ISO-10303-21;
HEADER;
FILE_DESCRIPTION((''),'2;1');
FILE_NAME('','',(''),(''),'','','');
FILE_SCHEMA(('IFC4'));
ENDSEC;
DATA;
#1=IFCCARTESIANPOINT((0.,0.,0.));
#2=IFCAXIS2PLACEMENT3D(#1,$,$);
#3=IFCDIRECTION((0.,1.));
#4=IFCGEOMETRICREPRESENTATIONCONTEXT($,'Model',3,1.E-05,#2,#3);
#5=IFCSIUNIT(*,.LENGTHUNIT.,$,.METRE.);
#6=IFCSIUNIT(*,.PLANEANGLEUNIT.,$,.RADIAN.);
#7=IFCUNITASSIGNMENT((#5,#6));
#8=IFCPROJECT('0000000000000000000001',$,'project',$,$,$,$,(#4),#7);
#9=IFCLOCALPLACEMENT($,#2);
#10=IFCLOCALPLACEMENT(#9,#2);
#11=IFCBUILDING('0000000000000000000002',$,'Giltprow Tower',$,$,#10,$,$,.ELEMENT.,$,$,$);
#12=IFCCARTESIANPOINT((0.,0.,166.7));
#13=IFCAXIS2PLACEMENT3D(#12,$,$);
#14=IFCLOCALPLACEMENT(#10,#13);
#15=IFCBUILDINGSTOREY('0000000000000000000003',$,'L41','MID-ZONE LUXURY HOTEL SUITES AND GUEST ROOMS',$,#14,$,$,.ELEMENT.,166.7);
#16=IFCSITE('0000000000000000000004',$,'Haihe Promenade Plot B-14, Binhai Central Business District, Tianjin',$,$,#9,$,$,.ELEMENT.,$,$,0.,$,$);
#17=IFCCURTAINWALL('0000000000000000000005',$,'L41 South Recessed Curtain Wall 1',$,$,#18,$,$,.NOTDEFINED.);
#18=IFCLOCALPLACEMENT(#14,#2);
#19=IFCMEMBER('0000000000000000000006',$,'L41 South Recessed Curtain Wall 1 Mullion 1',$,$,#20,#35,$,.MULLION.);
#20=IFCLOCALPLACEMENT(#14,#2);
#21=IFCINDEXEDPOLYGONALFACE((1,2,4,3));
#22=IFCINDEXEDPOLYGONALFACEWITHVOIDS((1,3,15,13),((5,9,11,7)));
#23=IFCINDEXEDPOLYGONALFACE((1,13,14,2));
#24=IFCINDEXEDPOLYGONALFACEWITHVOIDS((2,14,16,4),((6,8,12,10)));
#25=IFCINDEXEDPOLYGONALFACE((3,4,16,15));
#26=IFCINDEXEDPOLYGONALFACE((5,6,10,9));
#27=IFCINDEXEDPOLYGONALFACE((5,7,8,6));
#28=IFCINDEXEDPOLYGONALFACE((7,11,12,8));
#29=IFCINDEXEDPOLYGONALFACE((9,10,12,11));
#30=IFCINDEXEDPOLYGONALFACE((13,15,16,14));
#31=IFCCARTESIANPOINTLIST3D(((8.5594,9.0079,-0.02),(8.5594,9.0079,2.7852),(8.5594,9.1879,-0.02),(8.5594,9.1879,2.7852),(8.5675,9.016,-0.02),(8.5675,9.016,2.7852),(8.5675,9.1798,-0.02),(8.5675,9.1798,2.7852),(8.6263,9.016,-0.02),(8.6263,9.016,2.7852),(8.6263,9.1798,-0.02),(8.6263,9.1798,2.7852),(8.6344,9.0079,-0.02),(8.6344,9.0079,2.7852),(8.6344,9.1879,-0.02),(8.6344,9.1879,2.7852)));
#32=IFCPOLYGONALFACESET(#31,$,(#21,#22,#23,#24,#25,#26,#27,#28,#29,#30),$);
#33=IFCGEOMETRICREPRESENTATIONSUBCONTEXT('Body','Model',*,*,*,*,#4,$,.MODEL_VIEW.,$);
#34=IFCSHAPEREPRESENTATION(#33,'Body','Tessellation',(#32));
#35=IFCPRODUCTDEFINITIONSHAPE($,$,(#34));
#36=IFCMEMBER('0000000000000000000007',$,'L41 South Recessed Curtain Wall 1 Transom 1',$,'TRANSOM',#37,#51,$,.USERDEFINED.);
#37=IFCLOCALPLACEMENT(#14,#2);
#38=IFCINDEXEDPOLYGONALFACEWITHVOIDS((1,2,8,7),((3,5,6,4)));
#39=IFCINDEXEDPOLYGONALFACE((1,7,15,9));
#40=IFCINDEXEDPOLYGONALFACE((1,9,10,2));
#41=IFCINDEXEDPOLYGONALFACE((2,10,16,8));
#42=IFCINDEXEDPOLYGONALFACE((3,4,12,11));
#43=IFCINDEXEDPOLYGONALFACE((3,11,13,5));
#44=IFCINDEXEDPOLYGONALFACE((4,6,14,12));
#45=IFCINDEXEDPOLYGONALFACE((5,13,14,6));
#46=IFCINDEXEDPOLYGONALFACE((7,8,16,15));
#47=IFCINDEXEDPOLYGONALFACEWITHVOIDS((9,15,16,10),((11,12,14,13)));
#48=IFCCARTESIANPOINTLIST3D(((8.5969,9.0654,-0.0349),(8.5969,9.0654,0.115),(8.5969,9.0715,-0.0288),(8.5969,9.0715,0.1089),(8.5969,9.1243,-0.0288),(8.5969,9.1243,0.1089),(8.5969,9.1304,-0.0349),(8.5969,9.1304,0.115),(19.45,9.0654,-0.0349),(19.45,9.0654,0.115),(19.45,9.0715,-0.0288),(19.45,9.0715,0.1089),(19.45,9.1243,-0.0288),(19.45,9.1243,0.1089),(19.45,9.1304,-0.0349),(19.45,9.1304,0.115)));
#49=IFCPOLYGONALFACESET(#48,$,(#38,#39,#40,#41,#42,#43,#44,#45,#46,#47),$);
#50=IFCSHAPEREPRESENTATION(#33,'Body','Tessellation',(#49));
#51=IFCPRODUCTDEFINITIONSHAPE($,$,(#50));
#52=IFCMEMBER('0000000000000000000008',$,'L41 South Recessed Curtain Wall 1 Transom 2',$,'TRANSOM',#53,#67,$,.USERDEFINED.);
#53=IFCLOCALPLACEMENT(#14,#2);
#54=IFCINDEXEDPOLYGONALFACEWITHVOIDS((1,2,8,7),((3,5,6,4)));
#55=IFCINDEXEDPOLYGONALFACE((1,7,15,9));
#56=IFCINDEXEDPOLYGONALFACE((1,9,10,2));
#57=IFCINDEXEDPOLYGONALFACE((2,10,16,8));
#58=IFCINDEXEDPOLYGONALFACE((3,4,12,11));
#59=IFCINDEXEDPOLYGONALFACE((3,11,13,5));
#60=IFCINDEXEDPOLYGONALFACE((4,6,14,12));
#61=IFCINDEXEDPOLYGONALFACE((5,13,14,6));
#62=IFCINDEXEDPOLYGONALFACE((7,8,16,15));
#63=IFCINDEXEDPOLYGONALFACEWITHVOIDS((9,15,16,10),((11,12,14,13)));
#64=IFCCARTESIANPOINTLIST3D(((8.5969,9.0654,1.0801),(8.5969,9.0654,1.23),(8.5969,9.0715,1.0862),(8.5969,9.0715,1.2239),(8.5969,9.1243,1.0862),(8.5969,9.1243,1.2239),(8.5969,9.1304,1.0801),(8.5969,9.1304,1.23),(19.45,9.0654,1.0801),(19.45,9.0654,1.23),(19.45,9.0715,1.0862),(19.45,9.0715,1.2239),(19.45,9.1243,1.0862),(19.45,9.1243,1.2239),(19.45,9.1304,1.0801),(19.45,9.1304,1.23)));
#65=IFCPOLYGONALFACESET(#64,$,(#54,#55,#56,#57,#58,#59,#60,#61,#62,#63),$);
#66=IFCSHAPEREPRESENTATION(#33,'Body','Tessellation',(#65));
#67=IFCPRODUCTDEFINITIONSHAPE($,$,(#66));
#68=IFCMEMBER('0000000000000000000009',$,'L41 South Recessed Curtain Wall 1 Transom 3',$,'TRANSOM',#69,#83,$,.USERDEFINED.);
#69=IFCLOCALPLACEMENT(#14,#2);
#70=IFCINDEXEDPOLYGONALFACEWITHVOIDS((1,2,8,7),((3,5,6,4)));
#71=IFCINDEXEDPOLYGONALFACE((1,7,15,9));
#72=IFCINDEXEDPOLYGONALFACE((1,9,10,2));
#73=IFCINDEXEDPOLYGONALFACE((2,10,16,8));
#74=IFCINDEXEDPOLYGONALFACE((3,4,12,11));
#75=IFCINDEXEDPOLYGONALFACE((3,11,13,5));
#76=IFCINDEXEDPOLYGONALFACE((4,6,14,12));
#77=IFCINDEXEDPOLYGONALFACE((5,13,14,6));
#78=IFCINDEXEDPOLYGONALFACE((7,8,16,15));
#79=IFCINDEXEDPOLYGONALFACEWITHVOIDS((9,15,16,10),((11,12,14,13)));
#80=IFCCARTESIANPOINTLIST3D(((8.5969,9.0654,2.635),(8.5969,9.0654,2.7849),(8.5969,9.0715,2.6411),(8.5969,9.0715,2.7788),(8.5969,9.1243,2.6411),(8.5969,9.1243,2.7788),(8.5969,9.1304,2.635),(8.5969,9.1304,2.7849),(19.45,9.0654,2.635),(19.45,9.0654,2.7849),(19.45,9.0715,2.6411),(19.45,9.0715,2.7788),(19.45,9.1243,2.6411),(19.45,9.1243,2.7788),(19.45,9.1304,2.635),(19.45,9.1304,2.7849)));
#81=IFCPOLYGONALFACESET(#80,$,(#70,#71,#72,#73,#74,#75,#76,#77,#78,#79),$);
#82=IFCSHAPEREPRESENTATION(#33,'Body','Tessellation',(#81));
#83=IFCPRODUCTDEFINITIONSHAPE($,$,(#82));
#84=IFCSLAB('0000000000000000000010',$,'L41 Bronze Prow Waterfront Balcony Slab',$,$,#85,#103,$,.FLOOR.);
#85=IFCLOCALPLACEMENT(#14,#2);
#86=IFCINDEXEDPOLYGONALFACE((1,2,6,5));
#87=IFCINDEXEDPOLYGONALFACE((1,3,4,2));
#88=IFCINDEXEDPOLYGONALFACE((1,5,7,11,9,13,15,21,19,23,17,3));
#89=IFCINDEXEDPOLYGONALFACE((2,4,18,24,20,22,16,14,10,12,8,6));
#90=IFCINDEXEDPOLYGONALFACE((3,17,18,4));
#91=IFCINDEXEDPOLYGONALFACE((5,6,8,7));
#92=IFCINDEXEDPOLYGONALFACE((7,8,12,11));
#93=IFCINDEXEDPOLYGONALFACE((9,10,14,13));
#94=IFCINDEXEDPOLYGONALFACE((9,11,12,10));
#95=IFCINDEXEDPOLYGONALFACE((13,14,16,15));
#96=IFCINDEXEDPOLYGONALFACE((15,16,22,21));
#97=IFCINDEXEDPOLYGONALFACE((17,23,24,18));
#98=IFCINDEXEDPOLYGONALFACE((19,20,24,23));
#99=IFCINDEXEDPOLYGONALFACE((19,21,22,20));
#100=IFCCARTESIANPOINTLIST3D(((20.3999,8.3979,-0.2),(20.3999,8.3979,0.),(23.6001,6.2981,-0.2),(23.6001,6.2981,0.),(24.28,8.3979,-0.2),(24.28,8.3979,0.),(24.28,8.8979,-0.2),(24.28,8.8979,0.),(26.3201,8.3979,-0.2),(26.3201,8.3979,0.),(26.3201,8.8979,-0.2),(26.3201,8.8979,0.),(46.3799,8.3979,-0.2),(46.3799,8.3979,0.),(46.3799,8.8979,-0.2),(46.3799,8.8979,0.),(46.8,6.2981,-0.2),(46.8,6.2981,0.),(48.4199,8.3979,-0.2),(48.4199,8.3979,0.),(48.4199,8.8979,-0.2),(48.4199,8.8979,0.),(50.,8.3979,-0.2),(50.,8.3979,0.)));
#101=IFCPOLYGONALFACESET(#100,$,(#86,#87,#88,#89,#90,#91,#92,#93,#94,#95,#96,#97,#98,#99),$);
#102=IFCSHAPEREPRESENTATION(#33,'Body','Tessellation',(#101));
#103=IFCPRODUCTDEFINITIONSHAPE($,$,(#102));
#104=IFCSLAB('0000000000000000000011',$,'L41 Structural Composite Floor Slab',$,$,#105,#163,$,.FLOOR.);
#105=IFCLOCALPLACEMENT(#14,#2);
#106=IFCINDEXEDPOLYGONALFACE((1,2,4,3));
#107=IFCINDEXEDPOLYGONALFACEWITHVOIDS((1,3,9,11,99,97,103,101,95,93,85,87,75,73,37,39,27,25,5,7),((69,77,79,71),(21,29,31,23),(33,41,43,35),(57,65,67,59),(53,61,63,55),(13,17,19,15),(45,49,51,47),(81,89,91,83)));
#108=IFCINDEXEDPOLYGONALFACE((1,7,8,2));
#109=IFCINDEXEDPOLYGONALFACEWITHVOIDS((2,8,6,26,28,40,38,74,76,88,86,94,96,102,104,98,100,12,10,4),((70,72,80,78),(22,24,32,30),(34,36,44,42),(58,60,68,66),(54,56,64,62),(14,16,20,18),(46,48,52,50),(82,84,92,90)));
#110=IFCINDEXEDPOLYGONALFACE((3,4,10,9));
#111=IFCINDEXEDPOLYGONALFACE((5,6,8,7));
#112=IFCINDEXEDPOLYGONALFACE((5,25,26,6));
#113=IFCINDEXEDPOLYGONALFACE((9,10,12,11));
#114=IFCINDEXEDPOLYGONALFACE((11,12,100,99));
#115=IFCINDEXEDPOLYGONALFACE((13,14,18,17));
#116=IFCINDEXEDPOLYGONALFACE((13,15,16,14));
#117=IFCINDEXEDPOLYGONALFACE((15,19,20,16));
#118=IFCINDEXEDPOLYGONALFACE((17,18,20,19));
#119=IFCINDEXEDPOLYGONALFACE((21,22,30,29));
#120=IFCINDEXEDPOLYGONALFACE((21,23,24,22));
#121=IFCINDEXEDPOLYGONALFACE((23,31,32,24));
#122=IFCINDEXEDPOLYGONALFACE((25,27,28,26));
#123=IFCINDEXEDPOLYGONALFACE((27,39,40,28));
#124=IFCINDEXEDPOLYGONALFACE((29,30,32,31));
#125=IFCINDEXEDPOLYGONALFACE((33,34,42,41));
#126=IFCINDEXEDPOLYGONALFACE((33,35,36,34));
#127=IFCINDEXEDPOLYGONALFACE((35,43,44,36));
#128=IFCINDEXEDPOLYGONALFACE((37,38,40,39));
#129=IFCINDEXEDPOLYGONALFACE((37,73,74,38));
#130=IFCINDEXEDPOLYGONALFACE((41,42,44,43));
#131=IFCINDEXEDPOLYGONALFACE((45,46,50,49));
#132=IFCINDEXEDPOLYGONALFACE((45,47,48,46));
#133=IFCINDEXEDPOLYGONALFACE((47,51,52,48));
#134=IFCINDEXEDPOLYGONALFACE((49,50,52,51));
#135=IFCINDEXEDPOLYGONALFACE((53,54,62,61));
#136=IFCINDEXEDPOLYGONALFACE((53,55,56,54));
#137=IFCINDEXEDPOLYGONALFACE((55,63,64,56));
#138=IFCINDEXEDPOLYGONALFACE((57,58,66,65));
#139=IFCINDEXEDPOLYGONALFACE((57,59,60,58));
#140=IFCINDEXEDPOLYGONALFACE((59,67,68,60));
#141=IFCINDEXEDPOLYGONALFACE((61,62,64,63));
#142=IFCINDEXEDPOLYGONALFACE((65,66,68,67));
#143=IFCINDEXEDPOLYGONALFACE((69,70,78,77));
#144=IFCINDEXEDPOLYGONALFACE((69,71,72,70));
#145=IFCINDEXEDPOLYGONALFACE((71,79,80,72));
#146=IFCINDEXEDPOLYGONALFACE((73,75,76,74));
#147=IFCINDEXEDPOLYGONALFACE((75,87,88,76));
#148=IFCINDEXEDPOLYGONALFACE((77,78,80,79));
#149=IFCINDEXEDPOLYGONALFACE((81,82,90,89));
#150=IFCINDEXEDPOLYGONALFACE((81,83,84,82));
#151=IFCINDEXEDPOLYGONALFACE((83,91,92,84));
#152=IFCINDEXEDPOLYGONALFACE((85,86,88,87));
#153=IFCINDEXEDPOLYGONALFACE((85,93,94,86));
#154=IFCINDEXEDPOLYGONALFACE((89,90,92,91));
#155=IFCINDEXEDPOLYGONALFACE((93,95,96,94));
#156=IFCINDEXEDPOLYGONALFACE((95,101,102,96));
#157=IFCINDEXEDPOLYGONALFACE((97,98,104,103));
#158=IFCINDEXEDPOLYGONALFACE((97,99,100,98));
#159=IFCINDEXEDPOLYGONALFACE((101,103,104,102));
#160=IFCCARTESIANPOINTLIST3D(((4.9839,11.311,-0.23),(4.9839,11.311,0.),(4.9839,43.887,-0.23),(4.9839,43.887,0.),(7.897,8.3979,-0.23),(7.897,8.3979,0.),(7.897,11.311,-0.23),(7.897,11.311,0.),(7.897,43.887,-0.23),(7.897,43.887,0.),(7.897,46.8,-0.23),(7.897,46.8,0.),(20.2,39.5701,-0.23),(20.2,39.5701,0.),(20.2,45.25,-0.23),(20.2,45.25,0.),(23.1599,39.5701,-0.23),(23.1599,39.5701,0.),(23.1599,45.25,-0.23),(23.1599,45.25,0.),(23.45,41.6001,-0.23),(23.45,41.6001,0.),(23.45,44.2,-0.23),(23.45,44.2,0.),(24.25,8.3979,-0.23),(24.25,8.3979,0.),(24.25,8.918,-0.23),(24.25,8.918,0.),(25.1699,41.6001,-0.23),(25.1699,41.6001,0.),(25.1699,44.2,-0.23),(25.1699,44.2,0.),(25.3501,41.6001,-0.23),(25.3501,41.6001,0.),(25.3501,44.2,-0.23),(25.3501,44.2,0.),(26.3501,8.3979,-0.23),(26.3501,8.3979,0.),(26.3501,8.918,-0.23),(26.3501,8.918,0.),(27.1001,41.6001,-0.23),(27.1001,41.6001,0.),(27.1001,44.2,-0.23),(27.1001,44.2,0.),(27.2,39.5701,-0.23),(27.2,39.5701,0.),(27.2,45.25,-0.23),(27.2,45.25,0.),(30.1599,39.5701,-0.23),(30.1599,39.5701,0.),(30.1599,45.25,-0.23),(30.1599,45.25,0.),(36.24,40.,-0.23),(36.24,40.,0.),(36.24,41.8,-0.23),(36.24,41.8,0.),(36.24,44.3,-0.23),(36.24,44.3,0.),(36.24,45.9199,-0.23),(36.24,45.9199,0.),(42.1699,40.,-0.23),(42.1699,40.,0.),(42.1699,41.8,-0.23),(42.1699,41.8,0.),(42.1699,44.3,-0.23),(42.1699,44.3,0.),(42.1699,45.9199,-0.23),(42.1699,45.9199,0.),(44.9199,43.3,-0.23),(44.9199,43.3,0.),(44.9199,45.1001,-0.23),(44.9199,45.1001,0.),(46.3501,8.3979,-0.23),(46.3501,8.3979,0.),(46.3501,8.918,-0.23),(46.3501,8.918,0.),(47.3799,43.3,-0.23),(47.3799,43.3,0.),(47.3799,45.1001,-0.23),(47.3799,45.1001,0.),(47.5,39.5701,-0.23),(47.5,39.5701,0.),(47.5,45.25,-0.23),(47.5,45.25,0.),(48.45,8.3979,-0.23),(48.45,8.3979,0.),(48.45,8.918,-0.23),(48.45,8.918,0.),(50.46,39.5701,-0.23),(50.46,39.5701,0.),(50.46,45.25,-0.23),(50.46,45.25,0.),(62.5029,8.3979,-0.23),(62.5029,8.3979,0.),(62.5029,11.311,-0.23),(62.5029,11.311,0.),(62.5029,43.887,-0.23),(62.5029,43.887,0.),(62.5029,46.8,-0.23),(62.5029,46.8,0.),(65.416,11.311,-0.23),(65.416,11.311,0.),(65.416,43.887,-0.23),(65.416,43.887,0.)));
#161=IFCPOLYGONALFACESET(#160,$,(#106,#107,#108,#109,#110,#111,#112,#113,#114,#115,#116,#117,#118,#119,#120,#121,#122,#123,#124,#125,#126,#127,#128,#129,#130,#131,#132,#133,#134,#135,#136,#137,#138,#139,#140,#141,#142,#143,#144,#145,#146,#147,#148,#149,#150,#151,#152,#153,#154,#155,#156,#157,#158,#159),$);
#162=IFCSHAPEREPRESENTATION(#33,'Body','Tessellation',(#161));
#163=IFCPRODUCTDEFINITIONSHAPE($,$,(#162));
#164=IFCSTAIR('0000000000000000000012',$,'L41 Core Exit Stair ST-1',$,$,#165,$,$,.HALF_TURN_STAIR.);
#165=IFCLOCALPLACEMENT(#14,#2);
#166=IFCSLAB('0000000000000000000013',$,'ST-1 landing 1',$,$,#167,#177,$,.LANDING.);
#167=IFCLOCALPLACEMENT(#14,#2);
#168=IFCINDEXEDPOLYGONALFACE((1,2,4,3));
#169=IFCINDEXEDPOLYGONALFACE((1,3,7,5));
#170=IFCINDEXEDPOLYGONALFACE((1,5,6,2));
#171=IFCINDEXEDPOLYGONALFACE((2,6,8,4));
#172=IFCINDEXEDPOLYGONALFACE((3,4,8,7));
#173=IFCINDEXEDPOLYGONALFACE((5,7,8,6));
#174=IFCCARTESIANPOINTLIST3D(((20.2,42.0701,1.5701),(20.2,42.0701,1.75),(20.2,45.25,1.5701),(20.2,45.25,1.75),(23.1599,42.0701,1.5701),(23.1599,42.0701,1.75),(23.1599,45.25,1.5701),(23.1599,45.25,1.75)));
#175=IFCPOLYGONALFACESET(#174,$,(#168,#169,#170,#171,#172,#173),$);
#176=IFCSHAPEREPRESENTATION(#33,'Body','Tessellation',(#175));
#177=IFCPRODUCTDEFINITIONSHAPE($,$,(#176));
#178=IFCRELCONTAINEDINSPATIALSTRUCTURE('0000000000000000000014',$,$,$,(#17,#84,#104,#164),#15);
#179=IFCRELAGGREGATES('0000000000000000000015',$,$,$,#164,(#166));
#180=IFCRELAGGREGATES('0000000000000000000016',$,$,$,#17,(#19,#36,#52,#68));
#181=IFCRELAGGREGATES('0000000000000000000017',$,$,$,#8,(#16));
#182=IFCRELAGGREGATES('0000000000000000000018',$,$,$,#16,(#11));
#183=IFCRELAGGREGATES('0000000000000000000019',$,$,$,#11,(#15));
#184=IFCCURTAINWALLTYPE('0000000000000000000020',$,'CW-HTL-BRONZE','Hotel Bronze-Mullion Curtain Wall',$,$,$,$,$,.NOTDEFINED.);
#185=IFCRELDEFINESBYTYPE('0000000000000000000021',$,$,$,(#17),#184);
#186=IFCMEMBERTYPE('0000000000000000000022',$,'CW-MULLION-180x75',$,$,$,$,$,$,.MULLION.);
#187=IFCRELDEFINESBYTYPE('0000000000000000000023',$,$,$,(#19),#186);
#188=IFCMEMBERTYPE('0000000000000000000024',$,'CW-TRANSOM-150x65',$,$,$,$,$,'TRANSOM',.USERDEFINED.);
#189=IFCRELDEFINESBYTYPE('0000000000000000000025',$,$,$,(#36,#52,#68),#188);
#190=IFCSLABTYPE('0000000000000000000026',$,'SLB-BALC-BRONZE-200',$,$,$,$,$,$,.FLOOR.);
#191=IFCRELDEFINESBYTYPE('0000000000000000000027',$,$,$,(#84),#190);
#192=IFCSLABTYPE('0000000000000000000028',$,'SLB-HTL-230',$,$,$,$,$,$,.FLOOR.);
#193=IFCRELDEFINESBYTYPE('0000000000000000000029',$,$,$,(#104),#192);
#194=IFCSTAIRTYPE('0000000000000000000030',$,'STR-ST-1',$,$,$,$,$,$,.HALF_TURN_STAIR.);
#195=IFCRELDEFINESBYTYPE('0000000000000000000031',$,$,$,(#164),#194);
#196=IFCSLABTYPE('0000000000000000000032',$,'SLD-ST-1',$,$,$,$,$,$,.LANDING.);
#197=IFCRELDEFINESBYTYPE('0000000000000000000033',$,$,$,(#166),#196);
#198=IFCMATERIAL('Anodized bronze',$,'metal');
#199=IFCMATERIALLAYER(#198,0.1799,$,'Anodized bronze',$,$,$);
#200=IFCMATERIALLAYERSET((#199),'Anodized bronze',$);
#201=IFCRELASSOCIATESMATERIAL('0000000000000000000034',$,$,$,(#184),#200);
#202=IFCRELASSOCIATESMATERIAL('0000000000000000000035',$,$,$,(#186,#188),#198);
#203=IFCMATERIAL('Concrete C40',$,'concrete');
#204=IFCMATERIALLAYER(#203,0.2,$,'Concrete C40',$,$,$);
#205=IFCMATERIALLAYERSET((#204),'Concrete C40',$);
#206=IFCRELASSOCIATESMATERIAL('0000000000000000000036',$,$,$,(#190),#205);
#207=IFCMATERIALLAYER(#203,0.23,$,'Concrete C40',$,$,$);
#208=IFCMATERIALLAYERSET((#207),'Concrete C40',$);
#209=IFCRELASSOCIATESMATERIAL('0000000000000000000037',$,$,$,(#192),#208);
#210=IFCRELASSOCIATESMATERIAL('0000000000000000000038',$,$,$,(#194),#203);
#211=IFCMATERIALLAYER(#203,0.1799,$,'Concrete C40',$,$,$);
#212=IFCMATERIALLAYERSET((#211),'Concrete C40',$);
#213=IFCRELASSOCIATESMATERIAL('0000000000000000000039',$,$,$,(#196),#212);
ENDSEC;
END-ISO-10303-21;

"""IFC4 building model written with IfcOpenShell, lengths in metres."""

from ifc_helpers import new_model, si_unit, direction, frame, origin, origin_2d, place, context, subcontext, project, spatial, polyline, hollow_rectangle, outline, extrude, source, transform, mapped, material, layer, layer_set, material_profile, profile_set, type_object, element, aggregate, save


model = new_model("IFC4")

# Units and contexts
model_context = context("Model", 3, precision=1e-05, world=origin(), true_north=direction((0.0, 1.0)))
body_context = subcontext(model_context, "Body", "Model", "MODEL_VIEW")
ifc_project = project(units=[si_unit("LENGTHUNIT", "METRE"), si_unit("PLANEANGLEUNIT", "RADIAN")], contexts=[model_context])

# Site, building, storey
site_placement = place(None, origin())
site = spatial("IfcSite", under=ifc_project, at=site_placement, Name="Haihe Promenade Plot B-14, Binhai Central Business District, Tianjin", CompositionType="ELEMENT", RefElevation=0.0)
building_placement = place(site_placement, origin())
building = spatial("IfcBuilding", under=site, at=building_placement, Name="Giltprow Tower", CompositionType="ELEMENT")
storey_placement = place(building_placement, frame((0.0, 0.0, 166.7)))
storey = spatial("IfcBuildingStorey", under=building, at=storey_placement, Name="L41", Description="MID-ZONE LUXURY HOTEL SUITES AND GUEST ROOMS", CompositionType="ELEMENT", Elevation=166.7)

# Curtain wall, members
ifc_material_1 = material(Name="Anodized bronze", Category="metal")
ifc_layer_1 = layer(ifc_material_1, 0.1799, Name="Anodized bronze")
ifc_layer_set_1 = layer_set([ifc_layer_1], Name="Anodized bronze")
curtain_wall_type = type_object("IfcCurtainWallType", Name="CW-HTL-BRONZE", Description="Hotel Bronze-Mullion Curtain Wall", PredefinedType="NOTDEFINED", material=ifc_layer_set_1)
curtain_wall_placement = place(storey_placement, origin())
curtain_wall = element("IfcCurtainWall", 1, at=curtain_wall_placement, inside=storey, type_object=curtain_wall_type, Name="L41 South Recessed Curtain Wall 1", PredefinedType="NOTDEFINED")
ifc_material_profile_1 = material_profile(ifc_material_1, hollow_rectangle(XDim=0.075, YDim=0.1799, WallThickness=0.0081, at=origin_2d()), Name="RHS 180x75x8")
ifc_profile_set_1 = profile_set([ifc_material_profile_1], Name="Anodized bronze")
member_type_1 = type_object("IfcMemberType", Name="CW-MULLION-180x75", PredefinedType="MULLION", material=ifc_profile_set_1)
shared_shape_1 = source(origin(), body_context, "Body", "SweptSolid", [
    extrude(hollow_rectangle(XDim=0.075, YDim=0.1799, WallThickness=0.0081, at=origin_2d()), origin(), (0.0, 0.0, 1.0), 2.8052),
])
member_1_placement = place(storey_placement, frame((8.5969, 9.0979, -0.02), z_axis=(0.0, 0.0, 1.0), x_axis=(1.0, 0.0, 0.0)))
member_1 = element("IfcMember", 2, at=member_1_placement, type_object=member_type_1, Name="L41 South Recessed Curtain Wall 1 Mullion 1", PredefinedType="MULLION", context=body_context, shape_type="MappedRepresentation", body=[
    mapped(shared_shape_1, transform((0.0, 0.0, 0.0), x_axis=(1.0, 0.0, 0.0), y_axis=(0.0, 1.0, 0.0), z_axis=(0.0, 0.0, 1.0), scale=1.0)),
])
ifc_material_profile_2 = material_profile(ifc_material_1, hollow_rectangle(XDim=0.0649, YDim=0.1499, WallThickness=0.0061, at=origin_2d()), Name="RHS 150x65x6")
ifc_profile_set_2 = profile_set([ifc_material_profile_2], Name="Anodized bronze")
member_type_2 = type_object("IfcMemberType", Name="CW-TRANSOM-150x65", ElementType="TRANSOM", PredefinedType="USERDEFINED", material=ifc_profile_set_2)
shared_shape_2 = source(origin(), body_context, "Body", "SweptSolid", [
    extrude(hollow_rectangle(XDim=0.0649, YDim=0.1499, WallThickness=0.0061, at=origin_2d()), origin(), (0.0, 0.0, 1.0), 10.853),
])
member_2_placement = place(storey_placement, frame((8.5969, 9.0979, 0.04), z_axis=(1.0, 0.0, 0.0), x_axis=(0.0, 1.0, 0.0)))
member_2 = element("IfcMember", 3, at=member_2_placement, type_object=member_type_2, Name="L41 South Recessed Curtain Wall 1 Transom 1", ObjectType="TRANSOM", PredefinedType="USERDEFINED", context=body_context, shape_type="MappedRepresentation", body=[
    mapped(shared_shape_2, transform((0.0, 0.0, 0.0), x_axis=(1.0, 0.0, 0.0), y_axis=(0.0, 1.0, 0.0), z_axis=(0.0, 0.0, 1.0), scale=1.0)),
])
member_3_placement = place(storey_placement, frame((8.5969, 9.0979, 1.155), z_axis=(1.0, 0.0, 0.0), x_axis=(0.0, 1.0, 0.0)))
member_3 = element("IfcMember", 4, at=member_3_placement, type_object=member_type_2, Name="L41 South Recessed Curtain Wall 1 Transom 2", ObjectType="TRANSOM", PredefinedType="USERDEFINED", context=body_context, shape_type="MappedRepresentation", body=[
    mapped(shared_shape_2, transform((0.0, 0.0, 0.0), x_axis=(1.0, 0.0, 0.0), y_axis=(0.0, 1.0, 0.0), z_axis=(0.0, 0.0, 1.0), scale=1.0)),
])
member_4_placement = place(storey_placement, frame((8.5969, 9.0979, 2.71), z_axis=(1.0, 0.0, 0.0), x_axis=(0.0, 1.0, 0.0)))
member_4 = element("IfcMember", 5, at=member_4_placement, type_object=member_type_2, Name="L41 South Recessed Curtain Wall 1 Transom 3", ObjectType="TRANSOM", PredefinedType="USERDEFINED", context=body_context, shape_type="MappedRepresentation", body=[
    mapped(shared_shape_2, transform((0.0, 0.0, 0.0), x_axis=(1.0, 0.0, 0.0), y_axis=(0.0, 1.0, 0.0), z_axis=(0.0, 0.0, 1.0), scale=1.0)),
])

# Slabs
ifc_material_2 = material(Name="Concrete C40", Category="concrete")
ifc_layer_2 = layer(ifc_material_2, 0.2, Name="Concrete C40")
ifc_layer_set_2 = layer_set([ifc_layer_2], Name="Concrete C40")
slab_type_1 = type_object("IfcSlabType", Name="SLB-BALC-BRONZE-200", PredefinedType="FLOOR", material=ifc_layer_set_2)
slab_1_placement = place(storey_placement, frame((0.0, 0.0, -0.2)))
element("IfcSlab", 6, at=slab_1_placement, inside=storey, type_object=slab_type_1, Name="L41 Bronze Prow Waterfront Balcony Slab", PredefinedType="FLOOR", context=body_context, shape_type="SweptSolid", body=[
    extrude(outline(polyline([(50.0, 8.3979), (46.8, 6.2981), (23.6001, 6.2981), (20.3999, 8.3979), (24.28, 8.3979), (24.28, 8.8979), (26.3201, 8.8979), (26.3201, 8.3979), (46.3799, 8.3979), (46.3799, 8.8979), (48.4199, 8.8979), (48.4199, 8.3979), (50.0, 8.3979)])), origin(), (0.0, 0.0, 1.0), 0.2),
])
ifc_layer_3 = layer(ifc_material_2, 0.23, Name="Concrete C40")
ifc_layer_set_3 = layer_set([ifc_layer_3], Name="Concrete C40")
slab_type_2 = type_object("IfcSlabType", Name="SLB-HTL-230", PredefinedType="FLOOR", material=ifc_layer_set_3)
slab_2_placement = place(storey_placement, frame((0.0, 0.0, -0.23)))
element("IfcSlab", 7, at=slab_2_placement, inside=storey, type_object=slab_type_2, Name="L41 Structural Composite Floor Slab", PredefinedType="FLOOR", context=body_context, shape_type="SweptSolid", body=[
    extrude(outline(polyline([(7.897, 8.3979), (7.897, 11.311), (4.9839, 11.311), (4.9839, 43.887), (7.897, 43.887), (7.897, 46.8), (62.5029, 46.8), (62.5029, 43.887), (65.416, 43.887), (65.416, 11.311), (62.5029, 11.311), (62.5029, 8.3979), (48.45, 8.3979), (48.45, 8.918), (46.3501, 8.918), (46.3501, 8.3979), (26.3501, 8.3979), (26.3501, 8.918), (24.25, 8.918), (24.25, 8.3979), (7.897, 8.3979)]), holes=[polyline([(42.1699, 41.8), (36.24, 41.8), (36.24, 40.0), (42.1699, 40.0), (42.1699, 41.8)]), polyline([(23.1599, 39.5701), (23.1599, 45.25), (20.2, 45.25), (20.2, 39.5701), (23.1599, 39.5701)]), polyline([(30.1599, 39.5701), (30.1599, 45.25), (27.2, 45.25), (27.2, 39.5701), (30.1599, 39.5701)]), polyline([(50.46, 45.25), (47.5, 45.25), (47.5, 39.5701), (50.46, 39.5701), (50.46, 45.25)]), polyline([(25.1699, 44.2), (23.45, 44.2), (23.45, 41.6001), (25.1699, 41.6001), (25.1699, 44.2)]), polyline([(27.1001, 44.2), (25.3501, 44.2), (25.3501, 41.6001), (27.1001, 41.6001), (27.1001, 44.2)]), polyline([(47.3799, 43.3), (47.3799, 45.1001), (44.9199, 45.1001), (44.9199, 43.3), (47.3799, 43.3)]), polyline([(42.1699, 44.3), (42.1699, 45.9199), (36.24, 45.9199), (36.24, 44.3), (42.1699, 44.3)])]), origin(), (0.0, 0.0, 1.0), 0.23),
])

# Stair, slab
stair_type_1 = type_object("IfcStairType", Name="STR-ST-1", PredefinedType="HALF_TURN_STAIR", material=ifc_material_2)
stair_1_placement = place(storey_placement, origin())
stair_1 = element("IfcStair", 8, at=stair_1_placement, inside=storey, type_object=stair_type_1, Name="L41 Core Exit Stair ST-1", PredefinedType="HALF_TURN_STAIR")
ifc_layer_4 = layer(ifc_material_2, 0.1799, Name="Concrete C40")
ifc_layer_set_4 = layer_set([ifc_layer_4], Name="Concrete C40")
slab_type_3 = type_object("IfcSlabType", Name="SLD-ST-1", PredefinedType="LANDING", material=ifc_layer_set_4)
slab_3_placement = place(storey_placement, frame((0.0, 0.0, 1.5701)))
slab_3 = element("IfcSlab", 9, at=slab_3_placement, type_object=slab_type_3, Name="ST-1 landing 1", PredefinedType="LANDING", context=body_context, shape_type="SweptSolid", body=[
    extrude(outline(polyline([(23.1599, 42.0701), (23.1599, 45.25), (20.2, 45.25), (20.2, 42.0701), (23.1599, 42.0701)])), origin(), (0.0, 0.0, 1.0), 0.1799),
])
aggregate(stair_1, [slab_3])

aggregate(curtain_wall, [member_1, member_2, member_3, member_4])

save(model, "model.ifc")
